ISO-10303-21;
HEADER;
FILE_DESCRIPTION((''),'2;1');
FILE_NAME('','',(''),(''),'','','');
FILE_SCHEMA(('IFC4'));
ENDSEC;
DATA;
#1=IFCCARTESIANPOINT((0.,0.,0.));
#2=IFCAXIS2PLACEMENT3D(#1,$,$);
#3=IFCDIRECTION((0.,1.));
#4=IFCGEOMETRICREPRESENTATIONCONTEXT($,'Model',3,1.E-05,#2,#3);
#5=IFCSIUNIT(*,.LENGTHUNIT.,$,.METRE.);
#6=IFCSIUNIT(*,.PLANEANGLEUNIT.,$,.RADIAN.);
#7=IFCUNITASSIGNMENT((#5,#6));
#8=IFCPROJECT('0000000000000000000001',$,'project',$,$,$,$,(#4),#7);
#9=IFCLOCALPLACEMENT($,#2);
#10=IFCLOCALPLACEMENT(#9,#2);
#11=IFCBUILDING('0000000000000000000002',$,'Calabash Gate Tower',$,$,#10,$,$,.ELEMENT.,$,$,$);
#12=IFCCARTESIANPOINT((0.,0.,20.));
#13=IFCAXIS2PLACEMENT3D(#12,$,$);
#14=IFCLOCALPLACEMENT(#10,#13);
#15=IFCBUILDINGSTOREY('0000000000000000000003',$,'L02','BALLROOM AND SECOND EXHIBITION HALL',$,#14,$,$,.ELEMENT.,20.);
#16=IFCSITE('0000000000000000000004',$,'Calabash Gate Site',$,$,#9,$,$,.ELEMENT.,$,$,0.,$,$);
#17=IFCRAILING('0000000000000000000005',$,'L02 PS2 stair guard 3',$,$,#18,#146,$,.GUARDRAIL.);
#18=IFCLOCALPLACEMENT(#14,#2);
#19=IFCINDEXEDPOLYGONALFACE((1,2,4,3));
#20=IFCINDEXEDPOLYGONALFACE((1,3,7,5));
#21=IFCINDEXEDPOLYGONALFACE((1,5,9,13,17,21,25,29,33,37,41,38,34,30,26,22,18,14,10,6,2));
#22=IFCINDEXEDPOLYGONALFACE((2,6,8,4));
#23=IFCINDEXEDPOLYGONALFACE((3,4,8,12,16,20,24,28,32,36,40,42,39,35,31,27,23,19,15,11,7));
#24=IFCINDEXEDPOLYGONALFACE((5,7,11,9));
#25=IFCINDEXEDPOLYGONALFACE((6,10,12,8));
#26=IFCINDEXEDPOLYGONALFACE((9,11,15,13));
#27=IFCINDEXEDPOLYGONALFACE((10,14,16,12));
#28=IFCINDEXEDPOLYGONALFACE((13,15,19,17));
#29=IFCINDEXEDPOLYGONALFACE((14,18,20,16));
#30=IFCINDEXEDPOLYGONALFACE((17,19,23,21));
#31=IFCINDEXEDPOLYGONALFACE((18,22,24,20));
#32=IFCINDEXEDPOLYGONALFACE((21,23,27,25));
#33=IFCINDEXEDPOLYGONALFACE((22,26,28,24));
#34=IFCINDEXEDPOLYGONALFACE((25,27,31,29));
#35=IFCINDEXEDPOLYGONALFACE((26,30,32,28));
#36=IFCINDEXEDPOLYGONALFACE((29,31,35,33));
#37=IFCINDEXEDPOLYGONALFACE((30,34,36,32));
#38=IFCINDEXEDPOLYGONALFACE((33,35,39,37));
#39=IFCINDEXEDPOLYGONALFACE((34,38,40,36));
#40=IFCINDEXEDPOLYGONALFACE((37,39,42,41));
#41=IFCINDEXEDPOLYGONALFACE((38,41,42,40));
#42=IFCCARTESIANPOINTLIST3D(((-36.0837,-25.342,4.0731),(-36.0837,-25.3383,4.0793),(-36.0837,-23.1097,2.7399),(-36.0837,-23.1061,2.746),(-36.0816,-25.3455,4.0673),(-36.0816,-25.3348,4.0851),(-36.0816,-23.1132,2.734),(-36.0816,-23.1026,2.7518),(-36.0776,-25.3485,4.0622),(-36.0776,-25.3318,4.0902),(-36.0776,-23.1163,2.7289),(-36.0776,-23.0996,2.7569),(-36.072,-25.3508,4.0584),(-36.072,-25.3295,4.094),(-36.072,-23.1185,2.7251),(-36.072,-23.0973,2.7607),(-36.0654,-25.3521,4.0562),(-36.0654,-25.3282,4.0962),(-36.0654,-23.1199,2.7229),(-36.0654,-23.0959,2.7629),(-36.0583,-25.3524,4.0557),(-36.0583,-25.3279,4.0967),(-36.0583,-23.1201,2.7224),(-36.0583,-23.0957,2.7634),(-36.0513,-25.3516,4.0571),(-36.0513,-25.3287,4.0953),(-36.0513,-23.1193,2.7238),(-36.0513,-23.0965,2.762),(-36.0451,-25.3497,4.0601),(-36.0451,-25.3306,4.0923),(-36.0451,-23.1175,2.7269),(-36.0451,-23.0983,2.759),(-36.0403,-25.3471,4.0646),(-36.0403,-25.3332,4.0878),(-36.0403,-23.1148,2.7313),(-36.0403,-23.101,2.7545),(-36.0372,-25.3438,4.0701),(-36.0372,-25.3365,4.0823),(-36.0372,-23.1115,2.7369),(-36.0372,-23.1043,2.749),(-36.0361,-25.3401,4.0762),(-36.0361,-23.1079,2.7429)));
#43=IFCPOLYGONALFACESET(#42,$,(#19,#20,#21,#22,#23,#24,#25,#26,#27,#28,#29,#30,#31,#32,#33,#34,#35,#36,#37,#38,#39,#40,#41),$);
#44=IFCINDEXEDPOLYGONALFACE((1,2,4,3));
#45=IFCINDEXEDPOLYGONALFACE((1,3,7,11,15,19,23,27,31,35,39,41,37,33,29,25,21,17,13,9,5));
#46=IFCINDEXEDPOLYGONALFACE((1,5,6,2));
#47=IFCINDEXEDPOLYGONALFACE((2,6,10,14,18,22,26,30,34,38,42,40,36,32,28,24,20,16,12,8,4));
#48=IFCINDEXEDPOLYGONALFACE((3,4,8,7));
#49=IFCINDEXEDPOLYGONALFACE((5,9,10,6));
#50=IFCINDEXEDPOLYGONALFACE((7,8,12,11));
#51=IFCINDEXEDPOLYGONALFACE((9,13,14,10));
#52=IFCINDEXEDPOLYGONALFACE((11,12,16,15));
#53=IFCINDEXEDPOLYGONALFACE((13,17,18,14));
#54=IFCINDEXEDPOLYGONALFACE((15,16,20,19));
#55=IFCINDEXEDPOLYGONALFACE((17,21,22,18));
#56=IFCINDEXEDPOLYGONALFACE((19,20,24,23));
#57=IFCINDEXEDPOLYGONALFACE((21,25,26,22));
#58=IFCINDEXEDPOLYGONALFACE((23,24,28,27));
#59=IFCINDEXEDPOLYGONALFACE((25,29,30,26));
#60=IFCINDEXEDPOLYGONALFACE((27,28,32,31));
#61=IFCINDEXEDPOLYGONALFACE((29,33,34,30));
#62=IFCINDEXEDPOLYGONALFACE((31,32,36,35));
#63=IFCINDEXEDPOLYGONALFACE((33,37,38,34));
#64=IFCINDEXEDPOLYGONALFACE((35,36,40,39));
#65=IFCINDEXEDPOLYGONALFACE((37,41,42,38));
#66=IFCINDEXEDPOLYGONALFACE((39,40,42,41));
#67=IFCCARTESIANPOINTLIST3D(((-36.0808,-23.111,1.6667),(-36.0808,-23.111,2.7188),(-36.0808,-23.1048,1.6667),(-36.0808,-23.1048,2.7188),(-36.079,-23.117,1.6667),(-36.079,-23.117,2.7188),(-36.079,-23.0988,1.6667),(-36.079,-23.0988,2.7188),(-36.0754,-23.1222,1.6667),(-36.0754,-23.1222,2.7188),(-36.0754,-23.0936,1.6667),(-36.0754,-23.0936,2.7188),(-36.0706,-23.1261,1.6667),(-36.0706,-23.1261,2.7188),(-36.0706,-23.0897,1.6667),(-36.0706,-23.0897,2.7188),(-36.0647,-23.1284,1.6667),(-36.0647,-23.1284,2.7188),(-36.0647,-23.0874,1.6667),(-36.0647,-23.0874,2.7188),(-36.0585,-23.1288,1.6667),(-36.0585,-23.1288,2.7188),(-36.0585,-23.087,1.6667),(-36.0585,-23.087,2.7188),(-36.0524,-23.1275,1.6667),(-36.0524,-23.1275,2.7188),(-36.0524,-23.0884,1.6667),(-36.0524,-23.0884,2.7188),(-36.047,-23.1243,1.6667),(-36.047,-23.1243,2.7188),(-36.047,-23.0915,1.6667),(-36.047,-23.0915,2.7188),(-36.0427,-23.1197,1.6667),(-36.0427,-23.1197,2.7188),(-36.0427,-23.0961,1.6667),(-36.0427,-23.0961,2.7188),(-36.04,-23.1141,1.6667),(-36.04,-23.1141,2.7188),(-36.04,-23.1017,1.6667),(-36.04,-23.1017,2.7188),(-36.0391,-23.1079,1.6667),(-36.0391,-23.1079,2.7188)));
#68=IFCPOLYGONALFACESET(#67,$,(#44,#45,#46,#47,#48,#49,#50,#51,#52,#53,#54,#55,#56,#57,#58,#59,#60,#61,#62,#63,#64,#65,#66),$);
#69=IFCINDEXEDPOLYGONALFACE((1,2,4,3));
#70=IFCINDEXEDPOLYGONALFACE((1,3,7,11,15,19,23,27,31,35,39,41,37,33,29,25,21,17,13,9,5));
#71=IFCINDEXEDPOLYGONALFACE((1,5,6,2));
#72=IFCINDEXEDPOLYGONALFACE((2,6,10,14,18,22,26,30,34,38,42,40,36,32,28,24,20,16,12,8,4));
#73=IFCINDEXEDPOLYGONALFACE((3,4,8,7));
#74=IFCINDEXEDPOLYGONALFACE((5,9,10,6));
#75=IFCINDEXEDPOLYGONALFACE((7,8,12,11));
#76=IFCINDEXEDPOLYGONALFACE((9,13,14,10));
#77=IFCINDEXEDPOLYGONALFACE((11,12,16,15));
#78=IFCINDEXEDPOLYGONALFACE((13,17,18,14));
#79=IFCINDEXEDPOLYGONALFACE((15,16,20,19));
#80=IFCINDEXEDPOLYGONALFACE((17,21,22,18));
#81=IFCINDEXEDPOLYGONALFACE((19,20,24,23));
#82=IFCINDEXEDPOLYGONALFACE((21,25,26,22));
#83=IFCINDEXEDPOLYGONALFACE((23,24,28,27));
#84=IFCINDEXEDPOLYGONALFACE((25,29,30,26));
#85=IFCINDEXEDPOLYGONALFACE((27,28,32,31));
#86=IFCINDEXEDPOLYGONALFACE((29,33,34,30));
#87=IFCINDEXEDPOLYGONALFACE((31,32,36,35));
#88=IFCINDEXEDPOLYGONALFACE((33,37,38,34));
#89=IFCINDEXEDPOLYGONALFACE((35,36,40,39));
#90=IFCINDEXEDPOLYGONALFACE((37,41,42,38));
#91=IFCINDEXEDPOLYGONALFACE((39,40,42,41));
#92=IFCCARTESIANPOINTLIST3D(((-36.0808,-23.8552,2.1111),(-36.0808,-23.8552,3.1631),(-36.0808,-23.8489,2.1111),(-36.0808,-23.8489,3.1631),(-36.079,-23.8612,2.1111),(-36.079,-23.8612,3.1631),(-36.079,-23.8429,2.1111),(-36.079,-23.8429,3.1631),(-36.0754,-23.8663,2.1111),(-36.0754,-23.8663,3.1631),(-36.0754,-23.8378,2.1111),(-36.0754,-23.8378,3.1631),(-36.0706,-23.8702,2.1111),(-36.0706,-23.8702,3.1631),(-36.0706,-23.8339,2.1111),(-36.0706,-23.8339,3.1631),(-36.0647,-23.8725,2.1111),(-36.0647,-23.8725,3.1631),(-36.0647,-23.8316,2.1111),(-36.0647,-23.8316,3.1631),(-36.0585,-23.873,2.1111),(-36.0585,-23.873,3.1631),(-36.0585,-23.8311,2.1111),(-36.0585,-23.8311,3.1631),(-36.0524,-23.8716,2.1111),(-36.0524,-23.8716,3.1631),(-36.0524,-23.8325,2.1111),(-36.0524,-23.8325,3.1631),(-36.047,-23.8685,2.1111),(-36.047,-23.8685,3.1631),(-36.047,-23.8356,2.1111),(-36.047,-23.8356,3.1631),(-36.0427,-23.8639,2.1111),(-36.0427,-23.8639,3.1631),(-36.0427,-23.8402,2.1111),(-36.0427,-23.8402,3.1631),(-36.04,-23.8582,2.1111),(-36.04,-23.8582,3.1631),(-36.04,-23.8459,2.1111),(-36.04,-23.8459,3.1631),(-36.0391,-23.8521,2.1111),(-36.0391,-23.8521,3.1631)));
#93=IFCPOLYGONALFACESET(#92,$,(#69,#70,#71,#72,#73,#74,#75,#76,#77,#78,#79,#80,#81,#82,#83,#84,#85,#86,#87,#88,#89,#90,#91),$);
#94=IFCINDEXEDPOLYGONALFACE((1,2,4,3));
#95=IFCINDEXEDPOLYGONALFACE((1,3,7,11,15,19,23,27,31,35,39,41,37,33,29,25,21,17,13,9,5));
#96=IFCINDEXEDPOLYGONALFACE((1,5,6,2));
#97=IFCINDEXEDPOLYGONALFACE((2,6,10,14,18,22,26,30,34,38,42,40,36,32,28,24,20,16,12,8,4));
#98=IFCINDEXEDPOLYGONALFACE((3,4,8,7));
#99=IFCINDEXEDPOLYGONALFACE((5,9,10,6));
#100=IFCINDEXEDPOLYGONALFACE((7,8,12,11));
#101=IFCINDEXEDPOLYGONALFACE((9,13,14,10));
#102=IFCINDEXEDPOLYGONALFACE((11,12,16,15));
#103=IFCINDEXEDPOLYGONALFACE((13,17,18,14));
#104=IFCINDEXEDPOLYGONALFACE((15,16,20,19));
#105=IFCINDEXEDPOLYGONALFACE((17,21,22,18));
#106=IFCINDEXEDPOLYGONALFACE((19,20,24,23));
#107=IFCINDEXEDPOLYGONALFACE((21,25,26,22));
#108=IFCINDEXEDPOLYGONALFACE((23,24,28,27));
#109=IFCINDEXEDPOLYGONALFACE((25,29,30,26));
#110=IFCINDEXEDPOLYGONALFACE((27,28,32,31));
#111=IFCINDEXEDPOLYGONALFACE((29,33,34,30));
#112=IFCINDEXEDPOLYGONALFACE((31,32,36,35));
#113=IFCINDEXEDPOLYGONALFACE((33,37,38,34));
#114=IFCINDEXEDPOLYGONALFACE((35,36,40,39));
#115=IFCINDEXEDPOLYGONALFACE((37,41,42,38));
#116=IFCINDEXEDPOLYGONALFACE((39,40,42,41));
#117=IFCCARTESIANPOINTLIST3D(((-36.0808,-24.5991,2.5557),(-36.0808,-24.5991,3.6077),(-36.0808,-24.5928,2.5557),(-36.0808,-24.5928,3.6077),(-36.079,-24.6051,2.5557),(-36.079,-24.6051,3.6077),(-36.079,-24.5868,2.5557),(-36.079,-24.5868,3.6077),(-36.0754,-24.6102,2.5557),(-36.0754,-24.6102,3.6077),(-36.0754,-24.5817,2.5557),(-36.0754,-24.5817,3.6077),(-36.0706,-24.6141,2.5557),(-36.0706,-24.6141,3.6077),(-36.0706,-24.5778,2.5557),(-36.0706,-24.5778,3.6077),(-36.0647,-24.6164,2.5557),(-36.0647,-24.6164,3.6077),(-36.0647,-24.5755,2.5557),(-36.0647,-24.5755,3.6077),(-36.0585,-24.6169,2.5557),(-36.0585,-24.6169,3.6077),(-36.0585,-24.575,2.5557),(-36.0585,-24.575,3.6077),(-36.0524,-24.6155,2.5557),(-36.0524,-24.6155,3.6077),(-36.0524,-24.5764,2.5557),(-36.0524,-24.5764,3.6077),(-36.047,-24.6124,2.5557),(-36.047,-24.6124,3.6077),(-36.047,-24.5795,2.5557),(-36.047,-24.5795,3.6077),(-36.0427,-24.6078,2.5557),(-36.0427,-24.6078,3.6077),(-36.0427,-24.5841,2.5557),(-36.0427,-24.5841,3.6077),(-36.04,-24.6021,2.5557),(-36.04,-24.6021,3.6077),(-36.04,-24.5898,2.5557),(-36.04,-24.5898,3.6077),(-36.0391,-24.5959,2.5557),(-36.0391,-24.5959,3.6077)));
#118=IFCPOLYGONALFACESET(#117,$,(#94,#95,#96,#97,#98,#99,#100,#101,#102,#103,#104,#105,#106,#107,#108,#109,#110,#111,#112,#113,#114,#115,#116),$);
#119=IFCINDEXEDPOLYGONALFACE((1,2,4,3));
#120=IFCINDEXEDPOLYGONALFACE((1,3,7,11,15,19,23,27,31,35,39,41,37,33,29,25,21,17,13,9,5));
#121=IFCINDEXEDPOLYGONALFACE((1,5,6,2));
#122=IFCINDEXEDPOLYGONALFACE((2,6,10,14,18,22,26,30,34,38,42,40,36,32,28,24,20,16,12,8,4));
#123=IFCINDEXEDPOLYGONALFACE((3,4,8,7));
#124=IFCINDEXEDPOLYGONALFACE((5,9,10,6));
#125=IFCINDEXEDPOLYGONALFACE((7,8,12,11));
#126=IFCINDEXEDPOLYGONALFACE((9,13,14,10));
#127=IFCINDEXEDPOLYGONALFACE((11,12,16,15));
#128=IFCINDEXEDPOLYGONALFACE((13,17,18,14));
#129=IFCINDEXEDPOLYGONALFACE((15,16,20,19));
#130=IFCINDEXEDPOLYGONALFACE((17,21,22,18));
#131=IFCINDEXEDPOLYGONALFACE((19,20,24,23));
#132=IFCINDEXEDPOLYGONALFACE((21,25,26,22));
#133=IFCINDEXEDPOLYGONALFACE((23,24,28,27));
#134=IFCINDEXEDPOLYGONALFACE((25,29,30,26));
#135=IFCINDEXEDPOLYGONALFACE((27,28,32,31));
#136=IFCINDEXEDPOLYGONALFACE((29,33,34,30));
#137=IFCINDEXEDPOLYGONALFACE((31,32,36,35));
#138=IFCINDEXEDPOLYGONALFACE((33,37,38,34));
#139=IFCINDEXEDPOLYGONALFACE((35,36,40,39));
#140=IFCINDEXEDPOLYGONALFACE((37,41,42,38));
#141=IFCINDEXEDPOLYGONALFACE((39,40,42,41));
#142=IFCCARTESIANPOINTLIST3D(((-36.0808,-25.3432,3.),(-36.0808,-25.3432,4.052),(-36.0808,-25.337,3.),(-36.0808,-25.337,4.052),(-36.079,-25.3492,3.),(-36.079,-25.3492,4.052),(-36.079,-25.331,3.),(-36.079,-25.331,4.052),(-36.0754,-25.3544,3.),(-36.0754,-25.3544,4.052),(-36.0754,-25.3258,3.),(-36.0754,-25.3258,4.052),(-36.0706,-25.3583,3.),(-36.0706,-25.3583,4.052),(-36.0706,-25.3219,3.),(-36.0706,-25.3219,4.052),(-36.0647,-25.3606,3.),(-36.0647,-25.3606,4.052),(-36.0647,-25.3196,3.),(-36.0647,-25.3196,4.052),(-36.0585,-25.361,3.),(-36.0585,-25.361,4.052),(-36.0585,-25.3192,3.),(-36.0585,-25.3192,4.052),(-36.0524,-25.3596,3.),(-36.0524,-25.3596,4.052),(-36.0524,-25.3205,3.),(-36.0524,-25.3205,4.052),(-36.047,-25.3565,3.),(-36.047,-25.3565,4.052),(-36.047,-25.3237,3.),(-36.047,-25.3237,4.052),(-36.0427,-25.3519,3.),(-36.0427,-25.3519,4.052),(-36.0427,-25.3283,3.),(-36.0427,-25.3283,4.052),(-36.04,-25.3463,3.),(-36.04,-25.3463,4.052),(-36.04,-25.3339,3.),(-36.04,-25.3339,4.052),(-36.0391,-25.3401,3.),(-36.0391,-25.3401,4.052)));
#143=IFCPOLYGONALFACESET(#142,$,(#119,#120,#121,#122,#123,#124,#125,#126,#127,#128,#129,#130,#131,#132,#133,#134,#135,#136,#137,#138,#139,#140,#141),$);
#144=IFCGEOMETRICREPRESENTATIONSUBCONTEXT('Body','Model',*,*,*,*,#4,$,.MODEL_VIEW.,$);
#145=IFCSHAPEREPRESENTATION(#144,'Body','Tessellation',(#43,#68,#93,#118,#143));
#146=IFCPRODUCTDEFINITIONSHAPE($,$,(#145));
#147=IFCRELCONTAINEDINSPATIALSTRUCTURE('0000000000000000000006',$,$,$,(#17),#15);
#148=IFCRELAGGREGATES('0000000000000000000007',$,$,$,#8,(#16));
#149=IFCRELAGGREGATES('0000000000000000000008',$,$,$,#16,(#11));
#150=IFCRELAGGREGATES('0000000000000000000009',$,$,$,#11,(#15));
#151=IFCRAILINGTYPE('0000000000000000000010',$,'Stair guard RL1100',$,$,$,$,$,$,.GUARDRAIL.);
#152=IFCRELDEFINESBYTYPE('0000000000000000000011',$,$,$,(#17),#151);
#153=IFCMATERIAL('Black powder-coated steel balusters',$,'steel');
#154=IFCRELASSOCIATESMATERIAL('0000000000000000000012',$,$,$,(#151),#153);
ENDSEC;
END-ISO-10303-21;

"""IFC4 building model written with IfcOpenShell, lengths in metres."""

from ifc_helpers import new_model, si_unit, direction, frame, origin, origin_2d, place, context, subcontext, project, spatial, circle, extrude, material, type_object, element, save


model = new_model("IFC4")

# Units and contexts
model_context = context("Model", 3, precision=1e-05, world=origin(), true_north=direction((0.0, 1.0)))
body_context = subcontext(model_context, "Body", "Model", "MODEL_VIEW")
ifc_project = project(units=[si_unit("LENGTHUNIT", "METRE"), si_unit("PLANEANGLEUNIT", "RADIAN")], contexts=[model_context])

# Site, building, storey
site_placement = place(None, origin())
site = spatial("IfcSite", under=ifc_project, at=site_placement, Name="Calabash Gate Site", CompositionType="ELEMENT", RefElevation=0.0)
building_placement = place(site_placement, origin())
building = spatial("IfcBuilding", under=site, at=building_placement, Name="Calabash Gate Tower", CompositionType="ELEMENT")
storey_placement = place(building_placement, frame((0.0, 0.0, 20.0)))
storey = spatial("IfcBuildingStorey", under=building, at=storey_placement, Name="L02", Description="BALLROOM AND SECOND EXHIBITION HALL", CompositionType="ELEMENT", Elevation=20.0)

# Railing
ifc_material_1 = material(Name="Black powder-coated steel balusters", Category="steel")
railing_type_1 = type_object("IfcRailingType", Name="Stair guard RL1100", PredefinedType="GUARDRAIL", material=ifc_material_1)
railing_1_placement = place(storey_placement, frame((-36.0601, -23.1079, 1.6667)))
element("IfcRailing", 1, at=railing_1_placement, inside=storey, type_object=railing_type_1, Name="L02 PS2 stair guard 3", PredefinedType="GUARDRAIL", context=body_context, shape_type="SweptSolid", body=[
    extrude(circle(Radius=0.0239, at=origin_2d()), frame((0.0, 0.0, 1.0762), z_axis=(0.0, -0.858519, 0.512782), x_axis=(1.0, 0.0, 0.0)), (0.0, 0.0, 1.0), 2.6001),
    extrude(circle(Radius=0.021, at=origin_2d()), origin(), (0.0, 0.0, 1.0), 1.052),
    extrude(circle(Radius=0.021, at=origin_2d()), frame((0.0, -0.7441, 0.4443)), (0.0, 0.0, 1.0), 1.052),
    extrude(circle(Radius=0.021, at=origin_2d()), frame((0.0, -1.488, 0.8889)), (0.0, 0.0, 1.0), 1.052),
    extrude(circle(Radius=0.021, at=origin_2d()), frame((0.0, -2.2322, 1.3333)), (0.0, 0.0, 1.0), 1.052),
])

save(model, "model.ifc")
